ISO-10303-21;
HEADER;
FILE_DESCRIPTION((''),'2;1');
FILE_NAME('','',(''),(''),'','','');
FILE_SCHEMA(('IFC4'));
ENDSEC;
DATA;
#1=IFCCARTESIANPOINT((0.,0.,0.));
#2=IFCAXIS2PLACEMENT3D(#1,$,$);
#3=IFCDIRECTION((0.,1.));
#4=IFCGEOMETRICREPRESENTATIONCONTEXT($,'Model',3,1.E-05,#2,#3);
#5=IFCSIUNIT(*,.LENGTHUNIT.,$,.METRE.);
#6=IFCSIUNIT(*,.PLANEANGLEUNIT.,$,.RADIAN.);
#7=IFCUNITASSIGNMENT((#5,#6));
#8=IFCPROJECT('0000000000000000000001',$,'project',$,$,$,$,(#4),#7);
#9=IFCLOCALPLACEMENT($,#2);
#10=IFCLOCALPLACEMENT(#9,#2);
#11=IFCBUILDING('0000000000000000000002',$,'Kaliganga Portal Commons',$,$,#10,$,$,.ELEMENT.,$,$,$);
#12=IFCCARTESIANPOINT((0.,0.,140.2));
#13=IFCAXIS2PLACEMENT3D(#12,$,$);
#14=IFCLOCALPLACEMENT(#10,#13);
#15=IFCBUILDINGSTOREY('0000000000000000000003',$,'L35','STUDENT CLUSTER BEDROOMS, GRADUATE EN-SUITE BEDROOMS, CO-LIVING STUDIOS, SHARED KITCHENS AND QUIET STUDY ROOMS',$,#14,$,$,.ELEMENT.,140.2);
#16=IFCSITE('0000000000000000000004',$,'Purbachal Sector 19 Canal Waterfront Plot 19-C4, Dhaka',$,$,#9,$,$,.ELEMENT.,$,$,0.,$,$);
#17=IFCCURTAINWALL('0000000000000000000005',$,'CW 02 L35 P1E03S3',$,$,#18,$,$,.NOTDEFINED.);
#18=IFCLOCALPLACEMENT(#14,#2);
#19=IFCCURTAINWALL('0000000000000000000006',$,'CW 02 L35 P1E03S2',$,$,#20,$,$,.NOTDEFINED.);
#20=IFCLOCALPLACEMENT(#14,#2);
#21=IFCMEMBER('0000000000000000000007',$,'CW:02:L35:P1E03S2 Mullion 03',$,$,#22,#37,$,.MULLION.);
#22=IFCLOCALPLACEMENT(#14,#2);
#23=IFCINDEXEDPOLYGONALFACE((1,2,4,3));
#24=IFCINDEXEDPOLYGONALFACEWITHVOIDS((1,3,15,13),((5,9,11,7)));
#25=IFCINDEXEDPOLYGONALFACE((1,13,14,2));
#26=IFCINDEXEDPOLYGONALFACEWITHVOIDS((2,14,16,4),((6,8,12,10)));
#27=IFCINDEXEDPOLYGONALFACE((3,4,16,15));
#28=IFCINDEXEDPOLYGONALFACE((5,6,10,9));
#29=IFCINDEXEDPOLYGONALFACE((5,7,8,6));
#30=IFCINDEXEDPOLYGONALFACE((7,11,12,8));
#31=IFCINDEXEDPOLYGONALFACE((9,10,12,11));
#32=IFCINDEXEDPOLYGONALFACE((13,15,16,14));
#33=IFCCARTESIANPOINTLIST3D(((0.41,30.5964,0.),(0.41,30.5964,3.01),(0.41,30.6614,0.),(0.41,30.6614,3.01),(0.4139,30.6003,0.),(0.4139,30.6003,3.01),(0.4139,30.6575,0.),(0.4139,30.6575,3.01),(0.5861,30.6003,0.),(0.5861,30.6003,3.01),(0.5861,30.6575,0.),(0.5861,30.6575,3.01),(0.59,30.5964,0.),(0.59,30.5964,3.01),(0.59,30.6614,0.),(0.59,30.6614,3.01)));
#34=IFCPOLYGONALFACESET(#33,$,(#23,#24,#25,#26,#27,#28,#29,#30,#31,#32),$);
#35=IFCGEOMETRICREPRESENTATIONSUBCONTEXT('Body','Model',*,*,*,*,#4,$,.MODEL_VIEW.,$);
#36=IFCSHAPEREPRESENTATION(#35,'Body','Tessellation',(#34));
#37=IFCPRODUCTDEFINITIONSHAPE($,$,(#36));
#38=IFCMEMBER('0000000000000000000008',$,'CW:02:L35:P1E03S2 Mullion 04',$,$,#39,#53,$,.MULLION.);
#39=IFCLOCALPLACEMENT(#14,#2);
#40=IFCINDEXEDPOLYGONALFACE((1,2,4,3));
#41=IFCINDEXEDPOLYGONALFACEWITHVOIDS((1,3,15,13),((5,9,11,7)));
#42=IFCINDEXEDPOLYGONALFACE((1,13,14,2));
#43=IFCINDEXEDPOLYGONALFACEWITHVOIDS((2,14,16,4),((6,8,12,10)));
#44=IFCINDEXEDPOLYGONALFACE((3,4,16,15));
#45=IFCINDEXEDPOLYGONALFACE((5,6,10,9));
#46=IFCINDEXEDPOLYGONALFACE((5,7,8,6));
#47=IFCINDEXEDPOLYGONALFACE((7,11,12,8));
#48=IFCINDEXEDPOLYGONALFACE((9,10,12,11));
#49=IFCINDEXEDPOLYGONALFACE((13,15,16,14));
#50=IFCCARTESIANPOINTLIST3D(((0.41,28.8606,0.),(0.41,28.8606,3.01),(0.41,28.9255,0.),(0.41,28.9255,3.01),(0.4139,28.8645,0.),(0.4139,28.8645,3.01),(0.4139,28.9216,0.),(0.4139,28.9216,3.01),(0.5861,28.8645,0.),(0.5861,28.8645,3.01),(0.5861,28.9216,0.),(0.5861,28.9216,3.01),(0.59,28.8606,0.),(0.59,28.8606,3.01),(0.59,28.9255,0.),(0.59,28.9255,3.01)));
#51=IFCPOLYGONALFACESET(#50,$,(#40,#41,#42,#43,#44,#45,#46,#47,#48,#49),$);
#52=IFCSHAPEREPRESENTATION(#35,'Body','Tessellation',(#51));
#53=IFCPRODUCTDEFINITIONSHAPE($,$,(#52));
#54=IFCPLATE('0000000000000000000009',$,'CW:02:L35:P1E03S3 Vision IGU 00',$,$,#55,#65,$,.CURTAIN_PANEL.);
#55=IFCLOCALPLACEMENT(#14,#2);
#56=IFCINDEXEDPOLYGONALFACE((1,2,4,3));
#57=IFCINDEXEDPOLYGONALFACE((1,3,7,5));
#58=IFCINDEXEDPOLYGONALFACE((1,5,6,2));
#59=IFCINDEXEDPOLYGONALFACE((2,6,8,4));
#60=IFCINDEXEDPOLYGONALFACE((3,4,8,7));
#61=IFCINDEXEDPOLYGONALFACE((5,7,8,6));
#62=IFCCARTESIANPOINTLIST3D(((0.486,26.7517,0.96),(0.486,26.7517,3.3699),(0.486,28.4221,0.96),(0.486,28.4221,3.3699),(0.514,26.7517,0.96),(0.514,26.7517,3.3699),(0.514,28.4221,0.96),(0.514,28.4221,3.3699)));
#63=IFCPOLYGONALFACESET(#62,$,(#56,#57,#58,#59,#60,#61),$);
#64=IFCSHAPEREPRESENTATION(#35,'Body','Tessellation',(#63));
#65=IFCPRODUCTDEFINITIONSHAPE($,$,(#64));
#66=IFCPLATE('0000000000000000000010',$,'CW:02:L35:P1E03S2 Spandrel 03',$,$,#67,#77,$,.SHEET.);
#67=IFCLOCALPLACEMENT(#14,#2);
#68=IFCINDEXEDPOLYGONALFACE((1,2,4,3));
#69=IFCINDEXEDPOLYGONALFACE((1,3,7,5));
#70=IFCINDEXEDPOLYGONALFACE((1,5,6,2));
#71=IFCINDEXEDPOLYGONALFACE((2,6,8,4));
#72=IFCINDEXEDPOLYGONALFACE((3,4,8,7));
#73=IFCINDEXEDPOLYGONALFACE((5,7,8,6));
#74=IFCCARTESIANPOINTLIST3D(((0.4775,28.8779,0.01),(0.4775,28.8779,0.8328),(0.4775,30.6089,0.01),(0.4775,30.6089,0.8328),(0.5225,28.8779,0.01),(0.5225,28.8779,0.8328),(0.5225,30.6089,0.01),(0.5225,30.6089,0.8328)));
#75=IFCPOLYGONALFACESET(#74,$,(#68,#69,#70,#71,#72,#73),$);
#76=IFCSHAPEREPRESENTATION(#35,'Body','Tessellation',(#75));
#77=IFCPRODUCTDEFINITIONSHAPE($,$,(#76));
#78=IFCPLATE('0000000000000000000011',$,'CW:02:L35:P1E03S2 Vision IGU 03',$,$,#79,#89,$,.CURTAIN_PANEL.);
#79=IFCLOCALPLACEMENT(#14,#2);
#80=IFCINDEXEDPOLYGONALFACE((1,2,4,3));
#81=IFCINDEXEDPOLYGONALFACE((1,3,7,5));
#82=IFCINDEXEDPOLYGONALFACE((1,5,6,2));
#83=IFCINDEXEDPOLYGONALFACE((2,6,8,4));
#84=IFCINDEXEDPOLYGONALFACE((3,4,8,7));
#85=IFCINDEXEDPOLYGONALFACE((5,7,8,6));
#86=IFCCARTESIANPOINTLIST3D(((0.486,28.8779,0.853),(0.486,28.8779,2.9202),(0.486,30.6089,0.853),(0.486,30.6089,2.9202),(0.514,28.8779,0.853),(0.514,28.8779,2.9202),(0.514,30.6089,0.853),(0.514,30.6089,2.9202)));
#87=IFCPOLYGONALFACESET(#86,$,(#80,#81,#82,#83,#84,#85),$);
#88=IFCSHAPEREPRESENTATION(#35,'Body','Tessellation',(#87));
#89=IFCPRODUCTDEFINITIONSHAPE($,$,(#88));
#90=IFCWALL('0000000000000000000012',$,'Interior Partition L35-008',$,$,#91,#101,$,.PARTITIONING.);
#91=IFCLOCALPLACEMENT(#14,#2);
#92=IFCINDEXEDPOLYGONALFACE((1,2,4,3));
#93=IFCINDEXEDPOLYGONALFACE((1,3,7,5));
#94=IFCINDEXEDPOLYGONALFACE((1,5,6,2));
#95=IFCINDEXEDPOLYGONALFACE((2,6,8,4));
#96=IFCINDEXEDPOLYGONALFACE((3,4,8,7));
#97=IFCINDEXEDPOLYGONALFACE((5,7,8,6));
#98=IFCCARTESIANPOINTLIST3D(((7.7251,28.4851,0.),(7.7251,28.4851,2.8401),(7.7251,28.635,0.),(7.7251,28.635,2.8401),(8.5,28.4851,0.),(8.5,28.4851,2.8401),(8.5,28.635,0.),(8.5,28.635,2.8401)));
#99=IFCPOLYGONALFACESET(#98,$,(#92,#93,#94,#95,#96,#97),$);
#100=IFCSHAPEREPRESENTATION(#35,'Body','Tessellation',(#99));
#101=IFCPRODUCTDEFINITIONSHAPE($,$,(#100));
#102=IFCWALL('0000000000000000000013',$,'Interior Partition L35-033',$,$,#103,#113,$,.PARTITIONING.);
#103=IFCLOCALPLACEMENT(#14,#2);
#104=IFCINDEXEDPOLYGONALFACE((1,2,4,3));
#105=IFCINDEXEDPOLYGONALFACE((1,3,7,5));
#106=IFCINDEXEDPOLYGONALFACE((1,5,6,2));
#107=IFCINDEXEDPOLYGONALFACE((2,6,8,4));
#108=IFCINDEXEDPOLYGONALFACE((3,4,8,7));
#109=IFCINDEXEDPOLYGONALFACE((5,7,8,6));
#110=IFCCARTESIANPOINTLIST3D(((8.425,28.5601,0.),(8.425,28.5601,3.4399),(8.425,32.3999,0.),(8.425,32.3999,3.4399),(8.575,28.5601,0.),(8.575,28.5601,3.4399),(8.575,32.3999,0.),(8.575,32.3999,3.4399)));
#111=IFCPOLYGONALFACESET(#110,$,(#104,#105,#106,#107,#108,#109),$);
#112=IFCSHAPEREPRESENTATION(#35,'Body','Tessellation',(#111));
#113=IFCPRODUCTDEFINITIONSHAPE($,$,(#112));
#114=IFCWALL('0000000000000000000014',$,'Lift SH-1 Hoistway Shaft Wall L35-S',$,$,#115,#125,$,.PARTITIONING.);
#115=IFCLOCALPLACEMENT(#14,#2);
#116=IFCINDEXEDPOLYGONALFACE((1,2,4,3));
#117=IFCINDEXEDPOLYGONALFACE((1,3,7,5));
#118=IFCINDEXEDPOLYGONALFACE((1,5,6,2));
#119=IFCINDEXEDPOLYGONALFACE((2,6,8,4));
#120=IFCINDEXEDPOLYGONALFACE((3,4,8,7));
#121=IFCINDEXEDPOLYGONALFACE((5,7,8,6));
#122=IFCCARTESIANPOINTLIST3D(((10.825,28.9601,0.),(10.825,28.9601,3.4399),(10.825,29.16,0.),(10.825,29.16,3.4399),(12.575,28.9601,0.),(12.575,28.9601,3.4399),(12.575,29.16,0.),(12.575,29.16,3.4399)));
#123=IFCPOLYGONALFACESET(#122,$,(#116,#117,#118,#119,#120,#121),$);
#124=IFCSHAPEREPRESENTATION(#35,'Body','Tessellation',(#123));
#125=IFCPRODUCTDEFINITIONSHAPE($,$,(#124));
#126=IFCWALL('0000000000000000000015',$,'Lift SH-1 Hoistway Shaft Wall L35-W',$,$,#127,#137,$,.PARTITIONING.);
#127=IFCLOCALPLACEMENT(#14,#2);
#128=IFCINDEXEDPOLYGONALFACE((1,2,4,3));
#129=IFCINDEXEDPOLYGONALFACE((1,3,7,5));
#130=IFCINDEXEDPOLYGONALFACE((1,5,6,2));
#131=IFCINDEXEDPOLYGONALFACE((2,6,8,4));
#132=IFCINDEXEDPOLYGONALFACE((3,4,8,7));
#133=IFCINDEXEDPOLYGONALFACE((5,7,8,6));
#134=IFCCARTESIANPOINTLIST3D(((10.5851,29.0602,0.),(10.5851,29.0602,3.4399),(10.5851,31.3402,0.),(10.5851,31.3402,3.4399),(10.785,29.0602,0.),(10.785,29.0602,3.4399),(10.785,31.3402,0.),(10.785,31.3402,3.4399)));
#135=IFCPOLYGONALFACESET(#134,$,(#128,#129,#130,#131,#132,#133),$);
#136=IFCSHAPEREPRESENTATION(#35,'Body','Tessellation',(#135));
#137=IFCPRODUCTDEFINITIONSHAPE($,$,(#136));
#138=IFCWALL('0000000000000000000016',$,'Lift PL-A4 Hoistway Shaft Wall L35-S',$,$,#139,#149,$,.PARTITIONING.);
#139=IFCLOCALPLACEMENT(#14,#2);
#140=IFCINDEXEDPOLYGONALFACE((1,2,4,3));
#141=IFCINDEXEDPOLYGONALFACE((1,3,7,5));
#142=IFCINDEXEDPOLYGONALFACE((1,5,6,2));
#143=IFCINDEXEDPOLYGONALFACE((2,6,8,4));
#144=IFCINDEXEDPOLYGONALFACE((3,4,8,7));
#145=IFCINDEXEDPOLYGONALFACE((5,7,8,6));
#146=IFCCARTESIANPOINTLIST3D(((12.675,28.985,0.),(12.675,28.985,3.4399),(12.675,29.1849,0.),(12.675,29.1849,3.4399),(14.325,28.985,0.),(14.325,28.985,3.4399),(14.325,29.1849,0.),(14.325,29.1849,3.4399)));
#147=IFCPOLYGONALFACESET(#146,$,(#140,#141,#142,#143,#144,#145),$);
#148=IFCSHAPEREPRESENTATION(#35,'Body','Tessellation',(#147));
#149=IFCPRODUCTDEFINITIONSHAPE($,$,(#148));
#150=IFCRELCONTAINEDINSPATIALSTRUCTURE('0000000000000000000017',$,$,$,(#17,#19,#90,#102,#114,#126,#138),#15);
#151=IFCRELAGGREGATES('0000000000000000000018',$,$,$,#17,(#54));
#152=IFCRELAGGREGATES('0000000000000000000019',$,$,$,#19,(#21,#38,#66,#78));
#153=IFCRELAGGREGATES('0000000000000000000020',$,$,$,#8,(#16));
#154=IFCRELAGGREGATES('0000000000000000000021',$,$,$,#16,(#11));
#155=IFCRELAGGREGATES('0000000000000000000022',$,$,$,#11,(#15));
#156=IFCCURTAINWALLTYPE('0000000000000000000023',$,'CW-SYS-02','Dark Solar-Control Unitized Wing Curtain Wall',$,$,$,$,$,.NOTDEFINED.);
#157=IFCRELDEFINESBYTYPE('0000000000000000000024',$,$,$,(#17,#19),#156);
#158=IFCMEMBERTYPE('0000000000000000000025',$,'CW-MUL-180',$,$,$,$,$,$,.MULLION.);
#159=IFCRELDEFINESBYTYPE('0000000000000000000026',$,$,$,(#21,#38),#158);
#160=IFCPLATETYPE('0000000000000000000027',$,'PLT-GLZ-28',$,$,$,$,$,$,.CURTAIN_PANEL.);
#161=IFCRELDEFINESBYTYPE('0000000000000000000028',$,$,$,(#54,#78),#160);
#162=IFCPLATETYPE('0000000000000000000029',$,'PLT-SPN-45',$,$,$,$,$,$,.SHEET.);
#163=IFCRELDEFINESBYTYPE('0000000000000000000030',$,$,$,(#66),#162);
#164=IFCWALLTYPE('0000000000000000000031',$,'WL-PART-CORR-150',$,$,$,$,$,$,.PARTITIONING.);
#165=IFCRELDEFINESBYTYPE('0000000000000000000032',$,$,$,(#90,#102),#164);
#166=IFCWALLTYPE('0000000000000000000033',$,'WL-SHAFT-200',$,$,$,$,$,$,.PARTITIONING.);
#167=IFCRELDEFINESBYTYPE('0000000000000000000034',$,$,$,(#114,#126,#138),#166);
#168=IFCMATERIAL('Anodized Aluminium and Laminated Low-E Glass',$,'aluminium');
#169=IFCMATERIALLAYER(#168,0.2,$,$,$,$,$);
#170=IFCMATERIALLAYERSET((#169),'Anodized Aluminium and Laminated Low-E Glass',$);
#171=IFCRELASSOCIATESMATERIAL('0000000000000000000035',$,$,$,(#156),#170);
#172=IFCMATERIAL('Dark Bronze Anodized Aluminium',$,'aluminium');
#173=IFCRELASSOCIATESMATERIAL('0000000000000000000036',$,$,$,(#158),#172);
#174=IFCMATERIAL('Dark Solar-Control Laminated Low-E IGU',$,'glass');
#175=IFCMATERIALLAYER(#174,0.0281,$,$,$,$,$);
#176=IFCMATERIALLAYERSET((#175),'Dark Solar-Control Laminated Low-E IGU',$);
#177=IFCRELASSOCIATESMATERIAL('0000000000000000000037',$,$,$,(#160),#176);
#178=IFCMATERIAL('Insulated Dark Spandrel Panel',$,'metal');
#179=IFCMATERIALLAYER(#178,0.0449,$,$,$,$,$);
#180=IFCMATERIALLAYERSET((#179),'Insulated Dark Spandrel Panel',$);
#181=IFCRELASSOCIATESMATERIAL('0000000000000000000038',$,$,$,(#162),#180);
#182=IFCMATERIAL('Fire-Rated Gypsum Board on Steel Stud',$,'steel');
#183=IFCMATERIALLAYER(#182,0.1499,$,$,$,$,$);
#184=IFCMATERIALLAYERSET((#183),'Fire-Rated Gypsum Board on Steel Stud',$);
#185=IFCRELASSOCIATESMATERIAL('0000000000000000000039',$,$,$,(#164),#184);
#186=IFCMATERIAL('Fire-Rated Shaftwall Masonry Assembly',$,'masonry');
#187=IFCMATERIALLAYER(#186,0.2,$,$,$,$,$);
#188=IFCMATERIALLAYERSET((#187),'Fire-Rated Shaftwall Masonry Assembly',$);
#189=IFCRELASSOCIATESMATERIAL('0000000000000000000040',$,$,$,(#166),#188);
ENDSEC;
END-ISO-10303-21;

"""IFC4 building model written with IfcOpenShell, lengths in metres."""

from ifc_helpers import new_model, si_unit, direction, frame, frame_2d, origin, origin_2d, place, context, subcontext, project, spatial, rectangle, hollow_rectangle, extrude, source, transform, mapped, material, layer, layer_set, material_profile, profile_set, type_object, element, aggregate, save


model = new_model("IFC4")

# Units and contexts
model_context = context("Model", 3, precision=1e-05, world=origin(), true_north=direction((0.0, 1.0)))
body_context = subcontext(model_context, "Body", "Model", "MODEL_VIEW")
ifc_project = project(units=[si_unit("LENGTHUNIT", "METRE"), si_unit("PLANEANGLEUNIT", "RADIAN")], contexts=[model_context])

# Site, building, storey
site_placement = place(None, origin())
site = spatial("IfcSite", under=ifc_project, at=site_placement, Name="Purbachal Sector 19 Canal Waterfront Plot 19-C4, Dhaka", CompositionType="ELEMENT", RefElevation=0.0)
building_placement = place(site_placement, origin())
building = spatial("IfcBuilding", under=site, at=building_placement, Name="Kaliganga Portal Commons", CompositionType="ELEMENT")
storey_placement = place(building_placement, frame((0.0, 0.0, 140.2)))
storey = spatial("IfcBuildingStorey", under=building, at=storey_placement, Name="L35", Description="STUDENT CLUSTER BEDROOMS, GRADUATE EN-SUITE BEDROOMS, CO-LIVING STUDIOS, SHARED KITCHENS AND QUIET STUDY ROOMS", CompositionType="ELEMENT", Elevation=140.2)

# Curtain walls, members
ifc_material_1 = material(Name="Anodized Aluminium and Laminated Low-E Glass", Category="aluminium")
ifc_layer_1 = layer(ifc_material_1, 0.2)
ifc_layer_set_1 = layer_set([ifc_layer_1], Name="Anodized Aluminium and Laminated Low-E Glass")
curtain_wall_type = type_object("IfcCurtainWallType", Name="CW-SYS-02", Description="Dark Solar-Control Unitized Wing Curtain Wall", PredefinedType="NOTDEFINED", material=ifc_layer_set_1)
curtain_wall_1_placement = place(storey_placement, origin())
curtain_wall_1 = element("IfcCurtainWall", 1, at=curtain_wall_1_placement, inside=storey, type_object=curtain_wall_type, Name="CW 02 L35 P1E03S3", PredefinedType="NOTDEFINED")
ifc_material_2 = material(Name="Dark Bronze Anodized Aluminium", Category="aluminium")
ifc_material_profile_1 = material_profile(ifc_material_2, hollow_rectangle(XDim=0.0649, YDim=0.1799, WallThickness=0.0039, at=origin_2d()), Name="ALU MULL 65x180x4")
ifc_profile_set_1 = profile_set([ifc_material_profile_1], Name="Dark Bronze Anodized Aluminium")
member_type_1 = type_object("IfcMemberType", Name="CW-MUL-180", PredefinedType="MULLION", material=ifc_profile_set_1)
curtain_wall_2_placement = place(storey_placement, origin())
curtain_wall_2 = element("IfcCurtainWall", 2, at=curtain_wall_2_placement, inside=storey, type_object=curtain_wall_type, Name="CW 02 L35 P1E03S2", PredefinedType="NOTDEFINED")
shared_shape_1 = source(origin(), body_context, "Body", "SweptSolid", [
    extrude(hollow_rectangle(XDim=0.0649, YDim=0.1799, WallThickness=0.0039, at=origin_2d()), origin(), (0.0, 0.0, 1.0), 3.01),
])
member_1_placement = place(storey_placement, frame((0.5, 30.6289, 0.0), z_axis=(0.0, 0.0, 1.0), x_axis=(0.0, -1.0, 0.0)))
member_1 = element("IfcMember", 3, at=member_1_placement, type_object=member_type_1, Name="CW:02:L35:P1E03S2 Mullion 03", PredefinedType="MULLION", context=body_context, shape_type="MappedRepresentation", body=[
    mapped(shared_shape_1, transform((0.0, 0.0, 0.0), x_axis=(1.0, 0.0, 0.0), y_axis=(0.0, 1.0, 0.0), z_axis=(0.0, 0.0, 1.0), scale=1.0)),
])
member_2_placement = place(storey_placement, frame((0.5, 28.8931, 0.0), z_axis=(0.0, 0.0, 1.0), x_axis=(0.0, -1.0, 0.0)))
member_2 = element("IfcMember", 4, at=member_2_placement, type_object=member_type_1, Name="CW:02:L35:P1E03S2 Mullion 04", PredefinedType="MULLION", context=body_context, shape_type="MappedRepresentation", body=[
    mapped(shared_shape_1, transform((0.0, 0.0, 0.0), x_axis=(1.0, 0.0, 0.0), y_axis=(0.0, 1.0, 0.0), z_axis=(0.0, 0.0, 1.0), scale=1.0)),
])

# Plates
ifc_material_3 = material(Name="Dark Solar-Control Laminated Low-E IGU", Category="glass")
ifc_layer_2 = layer(ifc_material_3, 0.0281)
ifc_layer_set_2 = layer_set([ifc_layer_2], Name="Dark Solar-Control Laminated Low-E IGU")
plate_type_1 = type_object("IfcPlateType", Name="PLT-GLZ-28", PredefinedType="CURTAIN_PANEL", material=ifc_layer_set_2)
shared_shape_2 = source(origin(), body_context, "Body", "SweptSolid", [
    extrude(rectangle(XDim=1.6704, YDim=0.0281, at=origin_2d()), origin(), (0.0, 0.0, 1.0), 2.4099),
])
plate_1_placement = place(storey_placement, frame((0.5, 27.5869, 0.96), z_axis=(0.0, 0.0, 1.0), x_axis=(0.0, -1.0, 0.0)))
plate_1 = element("IfcPlate", 5, at=plate_1_placement, type_object=plate_type_1, Name="CW:02:L35:P1E03S3 Vision IGU 00", PredefinedType="CURTAIN_PANEL", context=body_context, shape_type="MappedRepresentation", body=[
    mapped(shared_shape_2, transform((0.0, 0.0, 0.0), x_axis=(1.0, 0.0, 0.0), y_axis=(0.0, 1.0, 0.0), z_axis=(0.0, 0.0, 1.0), scale=1.0)),
])
aggregate(curtain_wall_1, [plate_1])
ifc_material_4 = material(Name="Insulated Dark Spandrel Panel", Category="metal")
ifc_layer_3 = layer(ifc_material_4, 0.0449)
ifc_layer_set_3 = layer_set([ifc_layer_3], Name="Insulated Dark Spandrel Panel")
plate_type_2 = type_object("IfcPlateType", Name="PLT-SPN-45", PredefinedType="SHEET", material=ifc_layer_set_3)
shared_shape_3 = source(origin(), body_context, "Body", "SweptSolid", [
    extrude(rectangle(XDim=1.731, YDim=0.0449, at=origin_2d()), origin(), (0.0, 0.0, 1.0), 0.8228),
])
plate_2_placement = place(storey_placement, frame((0.5, 29.7434, 0.01), z_axis=(0.0, 0.0, 1.0), x_axis=(0.0, -1.0, 0.0)))
plate_2 = element("IfcPlate", 6, at=plate_2_placement, type_object=plate_type_2, Name="CW:02:L35:P1E03S2 Spandrel 03", PredefinedType="SHEET", context=body_context, shape_type="MappedRepresentation", body=[
    mapped(shared_shape_3, transform((0.0, 0.0, 0.0), x_axis=(1.0, 0.0, 0.0), y_axis=(0.0, 1.0, 0.0), z_axis=(0.0, 0.0, 1.0), scale=1.0)),
])
shared_shape_4 = source(origin(), body_context, "Body", "SweptSolid", [
    extrude(rectangle(XDim=1.731, YDim=0.0281, at=origin_2d()), origin(), (0.0, 0.0, 1.0), 2.0671),
])
plate_3_placement = place(storey_placement, frame((0.5, 29.7434, 0.853), z_axis=(0.0, 0.0, 1.0), x_axis=(0.0, -1.0, 0.0)))
plate_3 = element("IfcPlate", 7, at=plate_3_placement, type_object=plate_type_1, Name="CW:02:L35:P1E03S2 Vision IGU 03", PredefinedType="CURTAIN_PANEL", context=body_context, shape_type="MappedRepresentation", body=[
    mapped(shared_shape_4, transform((0.0, 0.0, 0.0), x_axis=(1.0, 0.0, 0.0), y_axis=(0.0, 1.0, 0.0), z_axis=(0.0, 0.0, 1.0), scale=1.0)),
])
aggregate(curtain_wall_2, [member_1, member_2, plate_2, plate_3])

# Shared definitions
ifc_material_5 = material(Name="Fire-Rated Gypsum Board on Steel Stud", Category="steel")
ifc_layer_4 = layer(ifc_material_5, 0.1499)
ifc_layer_set_4 = layer_set([ifc_layer_4], Name="Fire-Rated Gypsum Board on Steel Stud")
wall_type_1 = type_object("IfcWallType", Name="WL-PART-CORR-150", PredefinedType="PARTITIONING", material=ifc_layer_set_4)

# Walls
wall_1_placement = place(storey_placement, frame((7.7251, 28.5601, 0.0), z_axis=(0.0, 0.0, 1.0), x_axis=(1.0, 0.0, 0.0)))
element("IfcWall", 8, at=wall_1_placement, inside=storey, type_object=wall_type_1, Name="Interior Partition L35-008", PredefinedType="PARTITIONING", context=body_context, shape_type="SweptSolid", body=[
    extrude(rectangle(XDim=0.7749, YDim=0.1499, at=frame_2d((0.3875, 0.0))), origin(), (0.0, 0.0, 1.0), 2.8401),
])
wall_2_placement = place(storey_placement, frame((8.5, 28.5601, 0.0), z_axis=(0.0, 0.0, 1.0), x_axis=(0.0, 1.0, 0.0)))
element("IfcWall", 9, at=wall_2_placement, inside=storey, type_object=wall_type_1, Name="Interior Partition L35-033", PredefinedType="PARTITIONING", context=body_context, shape_type="SweptSolid", body=[
    extrude(rectangle(XDim=3.8398, YDim=0.1499, at=frame_2d((1.9199, 0.0))), origin(), (0.0, 0.0, 1.0), 3.4399),
])
ifc_material_6 = material(Name="Fire-Rated Shaftwall Masonry Assembly", Category="masonry")
ifc_layer_5 = layer(ifc_material_6, 0.2)
ifc_layer_set_5 = layer_set([ifc_layer_5], Name="Fire-Rated Shaftwall Masonry Assembly")
wall_type_2 = type_object("IfcWallType", Name="WL-SHAFT-200", PredefinedType="PARTITIONING", material=ifc_layer_set_5)
wall_3_placement = place(storey_placement, frame((10.825, 29.0601, 0.0), z_axis=(0.0, 0.0, 1.0), x_axis=(1.0, 0.0, 0.0)))
element("IfcWall", 10, at=wall_3_placement, inside=storey, type_object=wall_type_2, Name="Lift SH-1 Hoistway Shaft Wall L35-S", PredefinedType="PARTITIONING", context=body_context, shape_type="SweptSolid", body=[
    extrude(rectangle(XDim=1.75, YDim=0.2, at=frame_2d((0.875, 0.0))), origin(), (0.0, 0.0, 1.0), 3.4399),
])
wall_4_placement = place(storey_placement, frame((10.6851, 29.0601, 0.0), z_axis=(0.0, 0.0, 1.0), x_axis=(0.0, 1.0, 0.0)))
element("IfcWall", 11, at=wall_4_placement, inside=storey, type_object=wall_type_2, Name="Lift SH-1 Hoistway Shaft Wall L35-W", PredefinedType="PARTITIONING", context=body_context, shape_type="SweptSolid", body=[
    extrude(rectangle(XDim=2.28, YDim=0.2, at=frame_2d((1.1401, 0.0))), origin(), (0.0, 0.0, 1.0), 3.4399),
])
wall_5_placement = place(storey_placement, frame((12.675, 29.085, 0.0), z_axis=(0.0, 0.0, 1.0), x_axis=(1.0, 0.0, 0.0)))
element("IfcWall", 12, at=wall_5_placement, inside=storey, type_object=wall_type_2, Name="Lift PL-A4 Hoistway Shaft Wall L35-S", PredefinedType="PARTITIONING", context=body_context, shape_type="SweptSolid", body=[
    extrude(rectangle(XDim=1.6499, YDim=0.2, at=frame_2d((0.825, 0.0))), origin(), (0.0, 0.0, 1.0), 3.4399),
])

save(model, "model.ifc")
